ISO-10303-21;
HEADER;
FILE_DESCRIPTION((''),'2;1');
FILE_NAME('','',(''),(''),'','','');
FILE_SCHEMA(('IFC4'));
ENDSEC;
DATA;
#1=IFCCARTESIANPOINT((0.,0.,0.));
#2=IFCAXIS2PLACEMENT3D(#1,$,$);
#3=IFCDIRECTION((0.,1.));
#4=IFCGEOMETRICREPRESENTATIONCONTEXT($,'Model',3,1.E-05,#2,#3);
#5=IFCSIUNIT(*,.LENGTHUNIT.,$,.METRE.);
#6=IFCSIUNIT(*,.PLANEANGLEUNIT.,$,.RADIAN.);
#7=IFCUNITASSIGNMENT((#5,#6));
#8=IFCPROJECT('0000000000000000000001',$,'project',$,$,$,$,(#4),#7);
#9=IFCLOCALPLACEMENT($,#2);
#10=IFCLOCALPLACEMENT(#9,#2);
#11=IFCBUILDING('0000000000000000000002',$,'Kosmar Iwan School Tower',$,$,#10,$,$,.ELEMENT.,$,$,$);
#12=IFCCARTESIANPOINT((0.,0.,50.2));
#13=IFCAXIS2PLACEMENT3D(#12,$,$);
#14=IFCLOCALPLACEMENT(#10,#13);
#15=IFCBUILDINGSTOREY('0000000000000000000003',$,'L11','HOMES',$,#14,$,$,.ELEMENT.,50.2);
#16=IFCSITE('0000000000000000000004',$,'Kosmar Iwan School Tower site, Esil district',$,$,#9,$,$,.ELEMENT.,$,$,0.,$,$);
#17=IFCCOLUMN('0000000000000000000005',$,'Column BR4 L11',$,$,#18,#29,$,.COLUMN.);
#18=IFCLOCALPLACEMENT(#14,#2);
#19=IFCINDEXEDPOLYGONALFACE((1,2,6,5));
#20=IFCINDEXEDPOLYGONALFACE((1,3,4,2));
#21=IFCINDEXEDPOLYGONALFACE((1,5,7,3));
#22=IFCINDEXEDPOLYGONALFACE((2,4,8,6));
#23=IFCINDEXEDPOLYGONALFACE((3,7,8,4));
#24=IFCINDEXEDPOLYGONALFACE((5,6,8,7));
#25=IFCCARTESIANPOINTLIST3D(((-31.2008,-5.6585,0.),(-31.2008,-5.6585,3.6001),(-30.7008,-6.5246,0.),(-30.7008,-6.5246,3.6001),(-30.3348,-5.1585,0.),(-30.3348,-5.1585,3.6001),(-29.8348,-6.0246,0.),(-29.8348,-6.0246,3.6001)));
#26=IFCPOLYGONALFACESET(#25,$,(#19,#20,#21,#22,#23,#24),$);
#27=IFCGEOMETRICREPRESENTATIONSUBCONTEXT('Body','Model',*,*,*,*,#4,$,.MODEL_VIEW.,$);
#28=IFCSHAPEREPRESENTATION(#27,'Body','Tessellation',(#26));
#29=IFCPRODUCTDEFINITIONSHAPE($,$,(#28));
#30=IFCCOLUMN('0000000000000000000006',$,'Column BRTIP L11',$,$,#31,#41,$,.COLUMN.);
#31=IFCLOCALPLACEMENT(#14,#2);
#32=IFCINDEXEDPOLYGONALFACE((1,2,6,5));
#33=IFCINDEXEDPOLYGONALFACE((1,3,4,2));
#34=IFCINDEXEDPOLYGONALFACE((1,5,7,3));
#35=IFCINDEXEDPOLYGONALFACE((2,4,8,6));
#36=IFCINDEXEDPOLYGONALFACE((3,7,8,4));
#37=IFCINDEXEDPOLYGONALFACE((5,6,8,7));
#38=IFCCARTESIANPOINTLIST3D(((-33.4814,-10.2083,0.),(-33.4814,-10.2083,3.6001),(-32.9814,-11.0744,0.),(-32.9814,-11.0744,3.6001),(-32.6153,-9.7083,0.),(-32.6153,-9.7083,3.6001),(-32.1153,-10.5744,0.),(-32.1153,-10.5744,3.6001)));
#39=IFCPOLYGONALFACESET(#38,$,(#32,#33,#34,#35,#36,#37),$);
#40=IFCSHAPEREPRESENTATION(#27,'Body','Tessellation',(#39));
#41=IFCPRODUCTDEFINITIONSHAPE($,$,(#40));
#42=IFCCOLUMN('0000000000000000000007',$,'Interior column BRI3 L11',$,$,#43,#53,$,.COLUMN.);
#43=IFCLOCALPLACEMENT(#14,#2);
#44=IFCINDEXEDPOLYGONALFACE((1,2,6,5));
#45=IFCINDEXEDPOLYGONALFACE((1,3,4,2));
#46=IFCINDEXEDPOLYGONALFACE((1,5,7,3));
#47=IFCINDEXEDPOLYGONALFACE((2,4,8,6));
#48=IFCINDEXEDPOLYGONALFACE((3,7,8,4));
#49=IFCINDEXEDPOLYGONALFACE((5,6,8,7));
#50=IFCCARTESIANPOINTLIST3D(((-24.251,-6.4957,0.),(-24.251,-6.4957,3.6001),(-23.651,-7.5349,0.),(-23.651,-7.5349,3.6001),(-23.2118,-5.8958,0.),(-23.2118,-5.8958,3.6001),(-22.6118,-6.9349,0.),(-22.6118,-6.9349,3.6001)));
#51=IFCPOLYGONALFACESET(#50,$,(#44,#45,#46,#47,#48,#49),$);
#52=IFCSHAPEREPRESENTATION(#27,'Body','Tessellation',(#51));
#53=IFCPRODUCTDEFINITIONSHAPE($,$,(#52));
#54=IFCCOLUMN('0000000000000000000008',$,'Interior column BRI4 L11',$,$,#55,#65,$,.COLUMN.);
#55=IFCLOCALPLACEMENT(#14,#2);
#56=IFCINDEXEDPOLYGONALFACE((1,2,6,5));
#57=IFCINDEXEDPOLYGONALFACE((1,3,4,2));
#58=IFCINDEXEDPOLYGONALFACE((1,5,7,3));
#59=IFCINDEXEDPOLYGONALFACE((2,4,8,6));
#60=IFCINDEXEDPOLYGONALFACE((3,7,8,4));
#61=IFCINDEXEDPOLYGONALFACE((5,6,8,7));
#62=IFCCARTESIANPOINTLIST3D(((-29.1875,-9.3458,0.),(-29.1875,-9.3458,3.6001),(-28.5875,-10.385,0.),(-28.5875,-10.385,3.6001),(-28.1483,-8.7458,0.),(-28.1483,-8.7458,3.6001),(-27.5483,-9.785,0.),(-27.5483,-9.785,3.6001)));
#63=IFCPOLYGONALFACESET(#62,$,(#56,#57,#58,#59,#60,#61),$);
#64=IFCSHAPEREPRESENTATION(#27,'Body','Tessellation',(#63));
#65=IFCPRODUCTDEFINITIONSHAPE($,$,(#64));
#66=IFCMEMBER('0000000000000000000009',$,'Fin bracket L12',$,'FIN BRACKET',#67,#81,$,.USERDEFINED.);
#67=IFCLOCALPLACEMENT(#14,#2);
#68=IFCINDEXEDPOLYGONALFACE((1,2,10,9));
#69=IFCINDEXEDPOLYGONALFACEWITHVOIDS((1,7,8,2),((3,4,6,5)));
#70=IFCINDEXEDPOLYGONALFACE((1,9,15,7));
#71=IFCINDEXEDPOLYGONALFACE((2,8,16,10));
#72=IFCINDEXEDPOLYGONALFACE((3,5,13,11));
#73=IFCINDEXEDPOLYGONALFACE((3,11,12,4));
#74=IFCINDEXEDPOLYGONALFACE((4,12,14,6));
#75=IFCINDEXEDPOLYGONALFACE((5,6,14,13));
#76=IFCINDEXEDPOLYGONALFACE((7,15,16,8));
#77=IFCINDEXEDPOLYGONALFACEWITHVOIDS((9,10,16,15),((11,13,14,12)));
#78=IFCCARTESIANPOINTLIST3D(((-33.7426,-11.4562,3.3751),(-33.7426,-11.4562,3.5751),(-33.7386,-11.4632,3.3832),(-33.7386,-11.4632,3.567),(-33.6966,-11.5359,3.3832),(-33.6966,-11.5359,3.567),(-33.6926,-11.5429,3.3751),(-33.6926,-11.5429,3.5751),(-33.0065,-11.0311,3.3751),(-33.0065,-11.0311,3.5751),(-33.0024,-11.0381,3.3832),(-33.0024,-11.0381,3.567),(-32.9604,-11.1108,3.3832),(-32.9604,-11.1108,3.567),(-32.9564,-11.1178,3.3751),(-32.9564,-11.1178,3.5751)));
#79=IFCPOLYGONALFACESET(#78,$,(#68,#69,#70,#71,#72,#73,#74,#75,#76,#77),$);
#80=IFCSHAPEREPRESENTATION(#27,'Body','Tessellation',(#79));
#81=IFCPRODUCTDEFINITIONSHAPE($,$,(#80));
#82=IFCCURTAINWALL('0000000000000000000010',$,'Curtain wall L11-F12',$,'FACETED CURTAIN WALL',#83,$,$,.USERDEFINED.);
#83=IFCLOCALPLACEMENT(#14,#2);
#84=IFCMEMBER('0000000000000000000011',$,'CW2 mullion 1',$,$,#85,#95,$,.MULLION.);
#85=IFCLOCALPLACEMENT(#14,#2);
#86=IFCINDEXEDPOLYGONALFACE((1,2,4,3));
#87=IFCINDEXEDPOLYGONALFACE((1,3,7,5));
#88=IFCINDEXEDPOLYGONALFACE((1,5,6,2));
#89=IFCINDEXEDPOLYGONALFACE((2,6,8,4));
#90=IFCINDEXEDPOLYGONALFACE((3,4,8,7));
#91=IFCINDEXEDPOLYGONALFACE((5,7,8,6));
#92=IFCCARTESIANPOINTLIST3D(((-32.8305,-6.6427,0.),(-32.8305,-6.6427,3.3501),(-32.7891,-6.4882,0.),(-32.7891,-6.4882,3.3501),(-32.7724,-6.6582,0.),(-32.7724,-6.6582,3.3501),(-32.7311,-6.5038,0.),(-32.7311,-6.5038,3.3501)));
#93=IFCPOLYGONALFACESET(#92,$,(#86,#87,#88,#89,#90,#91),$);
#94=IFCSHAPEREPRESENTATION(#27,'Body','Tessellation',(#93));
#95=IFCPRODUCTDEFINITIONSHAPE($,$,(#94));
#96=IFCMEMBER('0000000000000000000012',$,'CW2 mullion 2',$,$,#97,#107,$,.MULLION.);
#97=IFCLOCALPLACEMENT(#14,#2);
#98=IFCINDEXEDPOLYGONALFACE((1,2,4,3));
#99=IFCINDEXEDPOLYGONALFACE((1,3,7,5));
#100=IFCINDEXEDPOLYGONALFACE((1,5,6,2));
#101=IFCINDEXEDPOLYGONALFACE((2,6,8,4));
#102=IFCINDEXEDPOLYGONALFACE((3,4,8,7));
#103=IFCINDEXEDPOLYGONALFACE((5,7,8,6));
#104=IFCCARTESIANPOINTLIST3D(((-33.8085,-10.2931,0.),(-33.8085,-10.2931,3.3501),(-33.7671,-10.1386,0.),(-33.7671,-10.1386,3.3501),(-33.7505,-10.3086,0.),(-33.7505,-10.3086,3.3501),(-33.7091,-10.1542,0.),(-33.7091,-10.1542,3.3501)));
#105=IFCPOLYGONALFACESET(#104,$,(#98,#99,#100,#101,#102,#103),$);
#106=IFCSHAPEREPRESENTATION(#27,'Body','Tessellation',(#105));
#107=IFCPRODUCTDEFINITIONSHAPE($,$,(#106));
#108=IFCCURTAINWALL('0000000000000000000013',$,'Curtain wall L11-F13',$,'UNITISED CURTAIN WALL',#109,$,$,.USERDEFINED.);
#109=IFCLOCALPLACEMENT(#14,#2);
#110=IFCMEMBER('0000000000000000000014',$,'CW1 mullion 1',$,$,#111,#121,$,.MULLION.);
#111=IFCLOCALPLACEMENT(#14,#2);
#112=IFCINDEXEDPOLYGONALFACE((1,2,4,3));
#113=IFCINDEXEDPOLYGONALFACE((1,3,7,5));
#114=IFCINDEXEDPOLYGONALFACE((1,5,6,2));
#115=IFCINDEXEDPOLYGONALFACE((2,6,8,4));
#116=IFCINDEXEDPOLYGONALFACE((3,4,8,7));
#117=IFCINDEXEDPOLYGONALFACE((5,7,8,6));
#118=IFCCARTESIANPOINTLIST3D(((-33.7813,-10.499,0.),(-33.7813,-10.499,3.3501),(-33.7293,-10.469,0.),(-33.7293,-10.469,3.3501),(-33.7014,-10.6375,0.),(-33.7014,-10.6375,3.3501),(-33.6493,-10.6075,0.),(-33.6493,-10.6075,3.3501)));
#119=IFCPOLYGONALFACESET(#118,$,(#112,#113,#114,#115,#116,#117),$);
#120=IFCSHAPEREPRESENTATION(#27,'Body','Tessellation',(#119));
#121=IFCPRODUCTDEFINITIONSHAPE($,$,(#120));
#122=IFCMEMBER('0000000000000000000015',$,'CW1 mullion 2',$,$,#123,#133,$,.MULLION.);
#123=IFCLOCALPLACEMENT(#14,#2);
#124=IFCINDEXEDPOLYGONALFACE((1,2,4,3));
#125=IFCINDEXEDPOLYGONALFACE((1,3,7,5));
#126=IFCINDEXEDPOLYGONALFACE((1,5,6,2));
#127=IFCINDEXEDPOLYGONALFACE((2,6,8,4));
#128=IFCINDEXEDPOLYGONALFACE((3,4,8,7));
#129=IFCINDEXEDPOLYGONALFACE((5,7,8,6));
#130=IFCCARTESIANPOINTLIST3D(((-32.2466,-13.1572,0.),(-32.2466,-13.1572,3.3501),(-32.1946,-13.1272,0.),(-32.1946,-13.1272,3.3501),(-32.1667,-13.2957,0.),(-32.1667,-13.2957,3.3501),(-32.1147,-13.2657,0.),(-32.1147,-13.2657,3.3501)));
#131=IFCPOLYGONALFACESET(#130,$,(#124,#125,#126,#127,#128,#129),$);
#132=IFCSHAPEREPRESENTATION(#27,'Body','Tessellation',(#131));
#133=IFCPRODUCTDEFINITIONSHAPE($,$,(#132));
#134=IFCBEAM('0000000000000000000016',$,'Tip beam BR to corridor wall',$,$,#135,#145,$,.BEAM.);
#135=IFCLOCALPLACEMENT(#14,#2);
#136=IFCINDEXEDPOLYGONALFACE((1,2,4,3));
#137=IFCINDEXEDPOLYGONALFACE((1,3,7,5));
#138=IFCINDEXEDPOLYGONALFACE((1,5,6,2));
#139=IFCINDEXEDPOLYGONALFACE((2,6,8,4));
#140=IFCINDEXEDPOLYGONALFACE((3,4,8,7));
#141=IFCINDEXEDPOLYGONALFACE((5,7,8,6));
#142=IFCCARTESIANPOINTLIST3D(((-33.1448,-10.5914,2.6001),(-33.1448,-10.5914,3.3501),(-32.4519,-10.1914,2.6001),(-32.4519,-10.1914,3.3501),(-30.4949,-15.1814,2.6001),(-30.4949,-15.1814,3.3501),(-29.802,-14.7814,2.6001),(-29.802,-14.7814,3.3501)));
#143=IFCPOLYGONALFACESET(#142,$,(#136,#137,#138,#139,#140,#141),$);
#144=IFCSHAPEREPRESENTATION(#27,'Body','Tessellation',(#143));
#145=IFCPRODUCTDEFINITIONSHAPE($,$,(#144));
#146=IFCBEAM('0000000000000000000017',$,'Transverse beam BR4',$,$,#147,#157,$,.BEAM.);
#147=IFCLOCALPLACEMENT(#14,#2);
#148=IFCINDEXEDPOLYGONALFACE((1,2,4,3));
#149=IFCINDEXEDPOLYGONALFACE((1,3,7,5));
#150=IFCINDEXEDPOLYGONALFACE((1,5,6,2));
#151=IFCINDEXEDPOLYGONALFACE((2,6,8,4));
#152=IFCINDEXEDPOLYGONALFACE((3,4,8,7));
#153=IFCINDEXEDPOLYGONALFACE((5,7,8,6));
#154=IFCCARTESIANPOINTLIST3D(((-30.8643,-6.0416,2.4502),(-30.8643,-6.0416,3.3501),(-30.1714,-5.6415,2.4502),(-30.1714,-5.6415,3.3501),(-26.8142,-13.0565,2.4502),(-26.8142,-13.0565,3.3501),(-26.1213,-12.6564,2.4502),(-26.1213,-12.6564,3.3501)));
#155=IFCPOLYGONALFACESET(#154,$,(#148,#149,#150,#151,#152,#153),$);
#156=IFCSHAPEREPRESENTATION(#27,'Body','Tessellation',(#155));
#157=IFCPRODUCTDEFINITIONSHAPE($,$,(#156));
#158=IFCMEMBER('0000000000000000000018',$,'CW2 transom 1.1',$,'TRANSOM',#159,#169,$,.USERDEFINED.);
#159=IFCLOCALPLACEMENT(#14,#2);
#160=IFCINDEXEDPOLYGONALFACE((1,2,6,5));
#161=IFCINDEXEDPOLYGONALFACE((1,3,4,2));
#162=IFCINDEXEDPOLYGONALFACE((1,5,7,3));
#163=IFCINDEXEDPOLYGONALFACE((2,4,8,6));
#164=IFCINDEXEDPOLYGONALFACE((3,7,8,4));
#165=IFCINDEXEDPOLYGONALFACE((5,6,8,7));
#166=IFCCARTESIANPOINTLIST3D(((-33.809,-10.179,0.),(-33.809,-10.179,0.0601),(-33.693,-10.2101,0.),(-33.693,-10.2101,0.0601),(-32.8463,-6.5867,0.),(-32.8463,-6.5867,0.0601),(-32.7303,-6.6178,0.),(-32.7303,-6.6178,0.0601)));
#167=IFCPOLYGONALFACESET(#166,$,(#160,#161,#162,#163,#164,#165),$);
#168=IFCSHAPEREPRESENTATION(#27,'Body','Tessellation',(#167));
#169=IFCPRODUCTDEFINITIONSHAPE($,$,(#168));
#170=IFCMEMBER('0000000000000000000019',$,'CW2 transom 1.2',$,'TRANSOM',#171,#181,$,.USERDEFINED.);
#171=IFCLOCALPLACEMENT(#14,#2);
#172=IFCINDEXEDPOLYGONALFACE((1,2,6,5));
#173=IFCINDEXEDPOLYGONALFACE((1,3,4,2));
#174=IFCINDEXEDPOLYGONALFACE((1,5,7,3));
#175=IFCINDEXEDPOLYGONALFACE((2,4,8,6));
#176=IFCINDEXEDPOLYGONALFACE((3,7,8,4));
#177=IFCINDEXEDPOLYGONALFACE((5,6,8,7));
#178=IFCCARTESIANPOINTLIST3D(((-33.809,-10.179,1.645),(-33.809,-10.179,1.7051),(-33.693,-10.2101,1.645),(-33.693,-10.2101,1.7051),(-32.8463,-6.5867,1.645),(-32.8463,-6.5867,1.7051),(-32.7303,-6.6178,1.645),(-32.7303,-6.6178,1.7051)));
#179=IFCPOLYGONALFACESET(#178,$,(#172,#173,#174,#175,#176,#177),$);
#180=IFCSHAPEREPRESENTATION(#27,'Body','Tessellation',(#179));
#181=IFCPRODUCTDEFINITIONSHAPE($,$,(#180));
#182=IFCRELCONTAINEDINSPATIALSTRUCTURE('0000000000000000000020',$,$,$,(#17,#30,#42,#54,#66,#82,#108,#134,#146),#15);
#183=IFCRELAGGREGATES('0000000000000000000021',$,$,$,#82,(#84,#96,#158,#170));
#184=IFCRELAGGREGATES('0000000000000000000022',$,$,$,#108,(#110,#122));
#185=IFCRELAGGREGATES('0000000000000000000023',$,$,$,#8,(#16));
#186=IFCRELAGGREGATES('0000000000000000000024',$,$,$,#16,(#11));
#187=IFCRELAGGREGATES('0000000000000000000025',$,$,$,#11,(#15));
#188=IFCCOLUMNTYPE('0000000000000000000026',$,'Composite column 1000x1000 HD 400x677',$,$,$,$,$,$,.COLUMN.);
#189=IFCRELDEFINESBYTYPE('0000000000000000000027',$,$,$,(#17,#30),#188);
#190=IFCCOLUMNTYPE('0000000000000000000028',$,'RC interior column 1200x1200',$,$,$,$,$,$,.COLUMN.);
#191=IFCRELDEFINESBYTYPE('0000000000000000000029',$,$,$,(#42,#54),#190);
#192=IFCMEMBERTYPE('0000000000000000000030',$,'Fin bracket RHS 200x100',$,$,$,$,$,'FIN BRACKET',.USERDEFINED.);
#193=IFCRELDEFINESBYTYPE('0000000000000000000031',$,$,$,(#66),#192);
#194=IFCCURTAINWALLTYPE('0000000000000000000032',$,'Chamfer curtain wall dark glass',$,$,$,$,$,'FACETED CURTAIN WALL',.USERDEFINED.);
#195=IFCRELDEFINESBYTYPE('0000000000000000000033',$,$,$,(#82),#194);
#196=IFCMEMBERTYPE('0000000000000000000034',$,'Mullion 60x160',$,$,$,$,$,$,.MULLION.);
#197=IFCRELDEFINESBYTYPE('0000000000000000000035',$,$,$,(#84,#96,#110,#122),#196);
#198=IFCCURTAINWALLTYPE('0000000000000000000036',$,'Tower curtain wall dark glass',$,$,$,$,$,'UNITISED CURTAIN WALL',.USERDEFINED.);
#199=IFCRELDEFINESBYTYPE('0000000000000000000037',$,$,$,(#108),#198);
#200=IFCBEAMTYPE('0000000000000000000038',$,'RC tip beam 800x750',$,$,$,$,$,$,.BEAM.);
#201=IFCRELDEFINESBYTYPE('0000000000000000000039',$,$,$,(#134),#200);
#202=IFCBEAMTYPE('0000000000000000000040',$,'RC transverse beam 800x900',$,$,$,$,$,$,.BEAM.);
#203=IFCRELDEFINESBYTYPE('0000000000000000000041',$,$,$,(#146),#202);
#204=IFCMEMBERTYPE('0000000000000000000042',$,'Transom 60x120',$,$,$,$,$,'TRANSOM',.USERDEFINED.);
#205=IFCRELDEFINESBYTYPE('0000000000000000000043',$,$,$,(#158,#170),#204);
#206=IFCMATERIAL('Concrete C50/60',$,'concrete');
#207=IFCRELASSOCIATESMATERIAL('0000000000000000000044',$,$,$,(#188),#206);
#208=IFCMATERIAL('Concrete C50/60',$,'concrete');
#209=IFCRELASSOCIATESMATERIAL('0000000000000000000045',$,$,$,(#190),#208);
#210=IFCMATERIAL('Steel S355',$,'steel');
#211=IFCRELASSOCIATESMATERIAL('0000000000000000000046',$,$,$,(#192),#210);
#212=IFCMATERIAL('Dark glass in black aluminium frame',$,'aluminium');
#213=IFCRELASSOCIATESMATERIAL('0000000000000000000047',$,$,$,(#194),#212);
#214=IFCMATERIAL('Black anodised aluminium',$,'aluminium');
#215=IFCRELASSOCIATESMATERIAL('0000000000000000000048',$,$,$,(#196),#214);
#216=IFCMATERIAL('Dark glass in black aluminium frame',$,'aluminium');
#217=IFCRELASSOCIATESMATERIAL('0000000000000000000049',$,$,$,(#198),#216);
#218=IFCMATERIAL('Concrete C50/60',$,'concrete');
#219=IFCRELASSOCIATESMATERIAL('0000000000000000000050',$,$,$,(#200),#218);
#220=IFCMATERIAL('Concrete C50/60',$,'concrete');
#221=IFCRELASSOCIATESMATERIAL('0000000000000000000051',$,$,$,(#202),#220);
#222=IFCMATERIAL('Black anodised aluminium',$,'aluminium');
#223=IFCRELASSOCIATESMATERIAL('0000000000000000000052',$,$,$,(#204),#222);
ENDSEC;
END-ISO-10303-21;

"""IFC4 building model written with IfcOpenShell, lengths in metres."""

from ifc_helpers import new_model, si_unit, direction, frame, origin, origin_2d, place, context, subcontext, project, spatial, rectangle, hollow_rectangle, extrude, material, material_profile, profile_set, type_object, element, aggregate, save


model = new_model("IFC4")

# Units and contexts
model_context = context("Model", 3, precision=1e-05, world=origin(), true_north=direction((0.0, 1.0)))
body_context = subcontext(model_context, "Body", "Model", "MODEL_VIEW")
ifc_project = project(units=[si_unit("LENGTHUNIT", "METRE"), si_unit("PLANEANGLEUNIT", "RADIAN")], contexts=[model_context])

# Site, building, storey
site_placement = place(None, origin())
site = spatial("IfcSite", under=ifc_project, at=site_placement, Name="Kosmar Iwan School Tower site, Esil district", CompositionType="ELEMENT", RefElevation=0.0)
building_placement = place(site_placement, origin())
building = spatial("IfcBuilding", under=site, at=building_placement, Name="Kosmar Iwan School Tower", CompositionType="ELEMENT")
storey_placement = place(building_placement, frame((0.0, 0.0, 50.2)))
storey = spatial("IfcBuildingStorey", under=building, at=storey_placement, Name="L11", Description="HOMES", CompositionType="ELEMENT", Elevation=50.2)

# Columns
ifc_material_1 = material(Name="Concrete C50/60", Category="concrete")
ifc_material_profile_1 = material_profile(ifc_material_1, rectangle(XDim=1.0, YDim=1.0, at=origin_2d()), Name="RC 1000x1000 + HD 400x677")
ifc_profile_set_1 = profile_set([ifc_material_profile_1], Name="Concrete C50/60")
column_type_1 = type_object("IfcColumnType", Name="Composite column 1000x1000 HD 400x677", PredefinedType="COLUMN", material=ifc_profile_set_1)
for number, where, z_axis, x_axis, name in (
    (1, (-30.5178, -5.8416, 0.0), (0.0, 0.0, 1.0), (-0.866025, -0.5, 0.0), "Column BR4 L11"),
    (2, (-32.7983, -10.3914, 0.0), (0.0, 0.0, 1.0), (-0.866025, -0.5, 0.0), "Column BRTIP L11"),
):
    element("IfcColumn", number, at=place(storey_placement, frame(where, z_axis=z_axis, x_axis=x_axis)), inside=storey, type_object=column_type_1, Name=name, PredefinedType="COLUMN", context=body_context, shape_type="SweptSolid", body=[
        extrude(rectangle(XDim=1.0, YDim=1.0, at=origin_2d()), origin(), (0.0, 0.0, 1.0), 3.6001),
    ])
ifc_material_2 = material(Name="Concrete C50/60", Category="concrete")
ifc_material_profile_2 = material_profile(ifc_material_2, rectangle(XDim=1.2, YDim=1.2, at=origin_2d()), Name="RC 1200x1200")
ifc_profile_set_2 = profile_set([ifc_material_profile_2], Name="Concrete C50/60")
column_type_2 = type_object("IfcColumnType", Name="RC interior column 1200x1200", PredefinedType="COLUMN", material=ifc_profile_set_2)
for number, where, z_axis, x_axis, name in (
    (3, (-23.4314, -6.7153, 0.0), (0.0, 0.0, 1.0), (-0.866025, -0.5, 0.0), "Interior column BRI3 L11"),
    (4, (-28.3679, -9.5654, 0.0), (0.0, 0.0, 1.0), (-0.866025, -0.5, 0.0), "Interior column BRI4 L11"),
):
    element("IfcColumn", number, at=place(storey_placement, frame(where, z_axis=z_axis, x_axis=x_axis)), inside=storey, type_object=column_type_2, Name=name, PredefinedType="COLUMN", context=body_context, shape_type="SweptSolid", body=[
        extrude(rectangle(XDim=1.2, YDim=1.2, at=origin_2d()), origin(), (0.0, 0.0, 1.0), 3.6001),
    ])

# Member
ifc_material_3 = material(Name="Steel S355", Category="steel")
ifc_material_profile_3 = material_profile(ifc_material_3, hollow_rectangle(XDim=0.1001, YDim=0.2, WallThickness=0.0081, at=origin_2d()), Name="RHS 200x100x8")
ifc_profile_set_3 = profile_set([ifc_material_profile_3], Name="Steel S355")
member_type_1 = type_object("IfcMemberType", Name="Fin bracket RHS 200x100", ElementType="FIN BRACKET", PredefinedType="USERDEFINED", material=ifc_profile_set_3)
member_1_placement = place(storey_placement, frame((-32.9814, -11.0745, 3.4751), z_axis=(-0.865989, -0.500062, 0.0), x_axis=(0.500062, -0.865989, 0.0)))
element("IfcMember", 5, at=member_1_placement, inside=storey, type_object=member_type_1, Name="Fin bracket L12", ObjectType="FIN BRACKET", PredefinedType="USERDEFINED", context=body_context, shape_type="SweptSolid", body=[
    extrude(hollow_rectangle(XDim=0.1001, YDim=0.2, WallThickness=0.0081, at=origin_2d()), origin(), (0.0, 0.0, 1.0), 0.8501),
])

# Curtain walls, members
ifc_material_4 = material(Name="Dark glass in black aluminium frame", Category="aluminium")
curtain_wall_type_1 = type_object("IfcCurtainWallType", Name="Chamfer curtain wall dark glass", ElementType="FACETED CURTAIN WALL", PredefinedType="USERDEFINED", material=ifc_material_4)
curtain_wall_1_placement = place(storey_placement, origin())
curtain_wall_1 = element("IfcCurtainWall", 6, at=curtain_wall_1_placement, inside=storey, type_object=curtain_wall_type_1, Name="Curtain wall L11-F12", ObjectType="FACETED CURTAIN WALL", PredefinedType="USERDEFINED")
ifc_material_5 = material(Name="Black anodised aluminium", Category="aluminium")
ifc_material_profile_4 = material_profile(ifc_material_5, rectangle(XDim=0.0601, YDim=0.1599, at=origin_2d()), Name="MULLION 60x160")
ifc_profile_set_4 = profile_set([ifc_material_profile_4], Name="Black anodised aluminium")
member_type_2 = type_object("IfcMemberType", Name="Mullion 60x160", PredefinedType="MULLION", material=ifc_profile_set_4)
member_2_placement = place(storey_placement, frame((-32.7808, -6.5732, 0.0), z_axis=(0.0, 0.0, 1.0), x_axis=(0.965926, -0.258819, 0.0)))
member_2 = element("IfcMember", 7, at=member_2_placement, type_object=member_type_2, Name="CW2 mullion 1", PredefinedType="MULLION", context=body_context, shape_type="SweptSolid", body=[
    extrude(rectangle(XDim=0.0601, YDim=0.1599, at=origin_2d()), origin(), (0.0, 0.0, 1.0), 3.3501),
])
member_3_placement = place(storey_placement, frame((-33.7588, -10.2236, 0.0), z_axis=(0.0, 0.0, 1.0), x_axis=(0.965926, -0.258819, 0.0)))
member_3 = element("IfcMember", 8, at=member_3_placement, type_object=member_type_2, Name="CW2 mullion 2", PredefinedType="MULLION", context=body_context, shape_type="SweptSolid", body=[
    extrude(rectangle(XDim=0.0601, YDim=0.1599, at=origin_2d()), origin(), (0.0, 0.0, 1.0), 3.3501),
])
ifc_material_6 = material(Name="Dark glass in black aluminium frame", Category="aluminium")
curtain_wall_type_2 = type_object("IfcCurtainWallType", Name="Tower curtain wall dark glass", ElementType="UNITISED CURTAIN WALL", PredefinedType="USERDEFINED", material=ifc_material_6)
curtain_wall_2_placement = place(storey_placement, origin())
curtain_wall_2 = element("IfcCurtainWall", 9, at=curtain_wall_2_placement, inside=storey, type_object=curtain_wall_type_2, Name="Curtain wall L11-F13", ObjectType="UNITISED CURTAIN WALL", PredefinedType="USERDEFINED")
member_4_placement = place(storey_placement, frame((-33.7153, -10.5532, 0.0), z_axis=(0.0, 0.0, 1.0), x_axis=(0.866025, 0.5, 0.0)))
member_4 = element("IfcMember", 10, at=member_4_placement, type_object=member_type_2, Name="CW1 mullion 1", PredefinedType="MULLION", context=body_context, shape_type="SweptSolid", body=[
    extrude(rectangle(XDim=0.0601, YDim=0.1599, at=origin_2d()), origin(), (0.0, 0.0, 1.0), 3.3501),
])
member_5_placement = place(storey_placement, frame((-32.1807, -13.2114, 0.0), z_axis=(0.0, 0.0, 1.0), x_axis=(0.866025, 0.5, 0.0)))
member_5 = element("IfcMember", 11, at=member_5_placement, type_object=member_type_2, Name="CW1 mullion 2", PredefinedType="MULLION", context=body_context, shape_type="SweptSolid", body=[
    extrude(rectangle(XDim=0.0601, YDim=0.1599, at=origin_2d()), origin(), (0.0, 0.0, 1.0), 3.3501),
])

# Beams
ifc_material_7 = material(Name="Concrete C50/60", Category="concrete")
ifc_material_profile_5 = material_profile(ifc_material_7, rectangle(XDim=0.8, YDim=0.75, at=origin_2d()), Name="RC 800x750")
ifc_profile_set_5 = profile_set([ifc_material_profile_5], Name="Concrete C50/60")
beam_type_1 = type_object("IfcBeamType", Name="RC tip beam 800x750", PredefinedType="BEAM", material=ifc_profile_set_5)
beam_1_placement = place(storey_placement, frame((-32.7983, -10.3914, 2.9751), z_axis=(0.499974, -0.866041, 0.0), x_axis=(0.866041, 0.499974, 0.0)))
element("IfcBeam", 12, at=beam_1_placement, inside=storey, type_object=beam_type_1, Name="Tip beam BR to corridor wall", PredefinedType="BEAM", context=body_context, shape_type="SweptSolid", body=[
    extrude(rectangle(XDim=0.8, YDim=0.75, at=origin_2d()), origin(), (0.0, 0.0, 1.0), 5.3),
])
ifc_material_8 = material(Name="Concrete C50/60", Category="concrete")
ifc_material_profile_6 = material_profile(ifc_material_8, rectangle(XDim=0.8, YDim=0.8999, at=origin_2d()), Name="RC 800x900")
ifc_profile_set_6 = profile_set([ifc_material_profile_6], Name="Concrete C50/60")
beam_type_2 = type_object("IfcBeamType", Name="RC transverse beam 800x900", PredefinedType="BEAM", material=ifc_profile_set_6)
beam_2_placement = place(storey_placement, frame((-30.5178, -5.8416, 2.9001), z_axis=(0.5, -0.866025, 0.0), x_axis=(0.866025, 0.5, 0.0)))
element("IfcBeam", 13, at=beam_2_placement, inside=storey, type_object=beam_type_2, Name="Transverse beam BR4", PredefinedType="BEAM", context=body_context, shape_type="SweptSolid", body=[
    extrude(rectangle(XDim=0.8, YDim=0.8999, at=origin_2d()), origin(), (0.0, 0.0, 1.0), 8.1001),
])

# Members
ifc_material_9 = material(Name="Black anodised aluminium", Category="aluminium")
ifc_material_profile_7 = material_profile(ifc_material_9, rectangle(XDim=0.1201, YDim=0.0601, at=origin_2d()), Name="TRANSOM 60x120")
ifc_profile_set_7 = profile_set([ifc_material_profile_7], Name="Black anodised aluminium")
member_type_3 = type_object("IfcMemberType", Name="Transom 60x120", ElementType="TRANSOM", PredefinedType="USERDEFINED", material=ifc_profile_set_7)
member_6_placement = place(storey_placement, frame((-32.7883, -6.6023, 0.03), z_axis=(-0.258843, -0.965919, 0.0), x_axis=(0.965919, -0.258843, 0.0)))
member_6 = element("IfcMember", 14, at=member_6_placement, type_object=member_type_3, Name="CW2 transom 1.1", ObjectType="TRANSOM", PredefinedType="USERDEFINED", context=body_context, shape_type="SweptSolid", body=[
    extrude(rectangle(XDim=0.1201, YDim=0.0601, at=origin_2d()), origin(), (0.0, 0.0, 1.0), 3.719),
])
member_7_placement = place(storey_placement, frame((-32.7883, -6.6023, 1.675), z_axis=(-0.258843, -0.965919, 0.0), x_axis=(0.965919, -0.258843, 0.0)))
member_7 = element("IfcMember", 15, at=member_7_placement, type_object=member_type_3, Name="CW2 transom 1.2", ObjectType="TRANSOM", PredefinedType="USERDEFINED", context=body_context, shape_type="SweptSolid", body=[
    extrude(rectangle(XDim=0.1201, YDim=0.0601, at=origin_2d()), origin(), (0.0, 0.0, 1.0), 3.719),
])

aggregate(curtain_wall_1, [member_2, member_3, member_6, member_7])
aggregate(curtain_wall_2, [member_4, member_5])

save(model, "model.ifc")
